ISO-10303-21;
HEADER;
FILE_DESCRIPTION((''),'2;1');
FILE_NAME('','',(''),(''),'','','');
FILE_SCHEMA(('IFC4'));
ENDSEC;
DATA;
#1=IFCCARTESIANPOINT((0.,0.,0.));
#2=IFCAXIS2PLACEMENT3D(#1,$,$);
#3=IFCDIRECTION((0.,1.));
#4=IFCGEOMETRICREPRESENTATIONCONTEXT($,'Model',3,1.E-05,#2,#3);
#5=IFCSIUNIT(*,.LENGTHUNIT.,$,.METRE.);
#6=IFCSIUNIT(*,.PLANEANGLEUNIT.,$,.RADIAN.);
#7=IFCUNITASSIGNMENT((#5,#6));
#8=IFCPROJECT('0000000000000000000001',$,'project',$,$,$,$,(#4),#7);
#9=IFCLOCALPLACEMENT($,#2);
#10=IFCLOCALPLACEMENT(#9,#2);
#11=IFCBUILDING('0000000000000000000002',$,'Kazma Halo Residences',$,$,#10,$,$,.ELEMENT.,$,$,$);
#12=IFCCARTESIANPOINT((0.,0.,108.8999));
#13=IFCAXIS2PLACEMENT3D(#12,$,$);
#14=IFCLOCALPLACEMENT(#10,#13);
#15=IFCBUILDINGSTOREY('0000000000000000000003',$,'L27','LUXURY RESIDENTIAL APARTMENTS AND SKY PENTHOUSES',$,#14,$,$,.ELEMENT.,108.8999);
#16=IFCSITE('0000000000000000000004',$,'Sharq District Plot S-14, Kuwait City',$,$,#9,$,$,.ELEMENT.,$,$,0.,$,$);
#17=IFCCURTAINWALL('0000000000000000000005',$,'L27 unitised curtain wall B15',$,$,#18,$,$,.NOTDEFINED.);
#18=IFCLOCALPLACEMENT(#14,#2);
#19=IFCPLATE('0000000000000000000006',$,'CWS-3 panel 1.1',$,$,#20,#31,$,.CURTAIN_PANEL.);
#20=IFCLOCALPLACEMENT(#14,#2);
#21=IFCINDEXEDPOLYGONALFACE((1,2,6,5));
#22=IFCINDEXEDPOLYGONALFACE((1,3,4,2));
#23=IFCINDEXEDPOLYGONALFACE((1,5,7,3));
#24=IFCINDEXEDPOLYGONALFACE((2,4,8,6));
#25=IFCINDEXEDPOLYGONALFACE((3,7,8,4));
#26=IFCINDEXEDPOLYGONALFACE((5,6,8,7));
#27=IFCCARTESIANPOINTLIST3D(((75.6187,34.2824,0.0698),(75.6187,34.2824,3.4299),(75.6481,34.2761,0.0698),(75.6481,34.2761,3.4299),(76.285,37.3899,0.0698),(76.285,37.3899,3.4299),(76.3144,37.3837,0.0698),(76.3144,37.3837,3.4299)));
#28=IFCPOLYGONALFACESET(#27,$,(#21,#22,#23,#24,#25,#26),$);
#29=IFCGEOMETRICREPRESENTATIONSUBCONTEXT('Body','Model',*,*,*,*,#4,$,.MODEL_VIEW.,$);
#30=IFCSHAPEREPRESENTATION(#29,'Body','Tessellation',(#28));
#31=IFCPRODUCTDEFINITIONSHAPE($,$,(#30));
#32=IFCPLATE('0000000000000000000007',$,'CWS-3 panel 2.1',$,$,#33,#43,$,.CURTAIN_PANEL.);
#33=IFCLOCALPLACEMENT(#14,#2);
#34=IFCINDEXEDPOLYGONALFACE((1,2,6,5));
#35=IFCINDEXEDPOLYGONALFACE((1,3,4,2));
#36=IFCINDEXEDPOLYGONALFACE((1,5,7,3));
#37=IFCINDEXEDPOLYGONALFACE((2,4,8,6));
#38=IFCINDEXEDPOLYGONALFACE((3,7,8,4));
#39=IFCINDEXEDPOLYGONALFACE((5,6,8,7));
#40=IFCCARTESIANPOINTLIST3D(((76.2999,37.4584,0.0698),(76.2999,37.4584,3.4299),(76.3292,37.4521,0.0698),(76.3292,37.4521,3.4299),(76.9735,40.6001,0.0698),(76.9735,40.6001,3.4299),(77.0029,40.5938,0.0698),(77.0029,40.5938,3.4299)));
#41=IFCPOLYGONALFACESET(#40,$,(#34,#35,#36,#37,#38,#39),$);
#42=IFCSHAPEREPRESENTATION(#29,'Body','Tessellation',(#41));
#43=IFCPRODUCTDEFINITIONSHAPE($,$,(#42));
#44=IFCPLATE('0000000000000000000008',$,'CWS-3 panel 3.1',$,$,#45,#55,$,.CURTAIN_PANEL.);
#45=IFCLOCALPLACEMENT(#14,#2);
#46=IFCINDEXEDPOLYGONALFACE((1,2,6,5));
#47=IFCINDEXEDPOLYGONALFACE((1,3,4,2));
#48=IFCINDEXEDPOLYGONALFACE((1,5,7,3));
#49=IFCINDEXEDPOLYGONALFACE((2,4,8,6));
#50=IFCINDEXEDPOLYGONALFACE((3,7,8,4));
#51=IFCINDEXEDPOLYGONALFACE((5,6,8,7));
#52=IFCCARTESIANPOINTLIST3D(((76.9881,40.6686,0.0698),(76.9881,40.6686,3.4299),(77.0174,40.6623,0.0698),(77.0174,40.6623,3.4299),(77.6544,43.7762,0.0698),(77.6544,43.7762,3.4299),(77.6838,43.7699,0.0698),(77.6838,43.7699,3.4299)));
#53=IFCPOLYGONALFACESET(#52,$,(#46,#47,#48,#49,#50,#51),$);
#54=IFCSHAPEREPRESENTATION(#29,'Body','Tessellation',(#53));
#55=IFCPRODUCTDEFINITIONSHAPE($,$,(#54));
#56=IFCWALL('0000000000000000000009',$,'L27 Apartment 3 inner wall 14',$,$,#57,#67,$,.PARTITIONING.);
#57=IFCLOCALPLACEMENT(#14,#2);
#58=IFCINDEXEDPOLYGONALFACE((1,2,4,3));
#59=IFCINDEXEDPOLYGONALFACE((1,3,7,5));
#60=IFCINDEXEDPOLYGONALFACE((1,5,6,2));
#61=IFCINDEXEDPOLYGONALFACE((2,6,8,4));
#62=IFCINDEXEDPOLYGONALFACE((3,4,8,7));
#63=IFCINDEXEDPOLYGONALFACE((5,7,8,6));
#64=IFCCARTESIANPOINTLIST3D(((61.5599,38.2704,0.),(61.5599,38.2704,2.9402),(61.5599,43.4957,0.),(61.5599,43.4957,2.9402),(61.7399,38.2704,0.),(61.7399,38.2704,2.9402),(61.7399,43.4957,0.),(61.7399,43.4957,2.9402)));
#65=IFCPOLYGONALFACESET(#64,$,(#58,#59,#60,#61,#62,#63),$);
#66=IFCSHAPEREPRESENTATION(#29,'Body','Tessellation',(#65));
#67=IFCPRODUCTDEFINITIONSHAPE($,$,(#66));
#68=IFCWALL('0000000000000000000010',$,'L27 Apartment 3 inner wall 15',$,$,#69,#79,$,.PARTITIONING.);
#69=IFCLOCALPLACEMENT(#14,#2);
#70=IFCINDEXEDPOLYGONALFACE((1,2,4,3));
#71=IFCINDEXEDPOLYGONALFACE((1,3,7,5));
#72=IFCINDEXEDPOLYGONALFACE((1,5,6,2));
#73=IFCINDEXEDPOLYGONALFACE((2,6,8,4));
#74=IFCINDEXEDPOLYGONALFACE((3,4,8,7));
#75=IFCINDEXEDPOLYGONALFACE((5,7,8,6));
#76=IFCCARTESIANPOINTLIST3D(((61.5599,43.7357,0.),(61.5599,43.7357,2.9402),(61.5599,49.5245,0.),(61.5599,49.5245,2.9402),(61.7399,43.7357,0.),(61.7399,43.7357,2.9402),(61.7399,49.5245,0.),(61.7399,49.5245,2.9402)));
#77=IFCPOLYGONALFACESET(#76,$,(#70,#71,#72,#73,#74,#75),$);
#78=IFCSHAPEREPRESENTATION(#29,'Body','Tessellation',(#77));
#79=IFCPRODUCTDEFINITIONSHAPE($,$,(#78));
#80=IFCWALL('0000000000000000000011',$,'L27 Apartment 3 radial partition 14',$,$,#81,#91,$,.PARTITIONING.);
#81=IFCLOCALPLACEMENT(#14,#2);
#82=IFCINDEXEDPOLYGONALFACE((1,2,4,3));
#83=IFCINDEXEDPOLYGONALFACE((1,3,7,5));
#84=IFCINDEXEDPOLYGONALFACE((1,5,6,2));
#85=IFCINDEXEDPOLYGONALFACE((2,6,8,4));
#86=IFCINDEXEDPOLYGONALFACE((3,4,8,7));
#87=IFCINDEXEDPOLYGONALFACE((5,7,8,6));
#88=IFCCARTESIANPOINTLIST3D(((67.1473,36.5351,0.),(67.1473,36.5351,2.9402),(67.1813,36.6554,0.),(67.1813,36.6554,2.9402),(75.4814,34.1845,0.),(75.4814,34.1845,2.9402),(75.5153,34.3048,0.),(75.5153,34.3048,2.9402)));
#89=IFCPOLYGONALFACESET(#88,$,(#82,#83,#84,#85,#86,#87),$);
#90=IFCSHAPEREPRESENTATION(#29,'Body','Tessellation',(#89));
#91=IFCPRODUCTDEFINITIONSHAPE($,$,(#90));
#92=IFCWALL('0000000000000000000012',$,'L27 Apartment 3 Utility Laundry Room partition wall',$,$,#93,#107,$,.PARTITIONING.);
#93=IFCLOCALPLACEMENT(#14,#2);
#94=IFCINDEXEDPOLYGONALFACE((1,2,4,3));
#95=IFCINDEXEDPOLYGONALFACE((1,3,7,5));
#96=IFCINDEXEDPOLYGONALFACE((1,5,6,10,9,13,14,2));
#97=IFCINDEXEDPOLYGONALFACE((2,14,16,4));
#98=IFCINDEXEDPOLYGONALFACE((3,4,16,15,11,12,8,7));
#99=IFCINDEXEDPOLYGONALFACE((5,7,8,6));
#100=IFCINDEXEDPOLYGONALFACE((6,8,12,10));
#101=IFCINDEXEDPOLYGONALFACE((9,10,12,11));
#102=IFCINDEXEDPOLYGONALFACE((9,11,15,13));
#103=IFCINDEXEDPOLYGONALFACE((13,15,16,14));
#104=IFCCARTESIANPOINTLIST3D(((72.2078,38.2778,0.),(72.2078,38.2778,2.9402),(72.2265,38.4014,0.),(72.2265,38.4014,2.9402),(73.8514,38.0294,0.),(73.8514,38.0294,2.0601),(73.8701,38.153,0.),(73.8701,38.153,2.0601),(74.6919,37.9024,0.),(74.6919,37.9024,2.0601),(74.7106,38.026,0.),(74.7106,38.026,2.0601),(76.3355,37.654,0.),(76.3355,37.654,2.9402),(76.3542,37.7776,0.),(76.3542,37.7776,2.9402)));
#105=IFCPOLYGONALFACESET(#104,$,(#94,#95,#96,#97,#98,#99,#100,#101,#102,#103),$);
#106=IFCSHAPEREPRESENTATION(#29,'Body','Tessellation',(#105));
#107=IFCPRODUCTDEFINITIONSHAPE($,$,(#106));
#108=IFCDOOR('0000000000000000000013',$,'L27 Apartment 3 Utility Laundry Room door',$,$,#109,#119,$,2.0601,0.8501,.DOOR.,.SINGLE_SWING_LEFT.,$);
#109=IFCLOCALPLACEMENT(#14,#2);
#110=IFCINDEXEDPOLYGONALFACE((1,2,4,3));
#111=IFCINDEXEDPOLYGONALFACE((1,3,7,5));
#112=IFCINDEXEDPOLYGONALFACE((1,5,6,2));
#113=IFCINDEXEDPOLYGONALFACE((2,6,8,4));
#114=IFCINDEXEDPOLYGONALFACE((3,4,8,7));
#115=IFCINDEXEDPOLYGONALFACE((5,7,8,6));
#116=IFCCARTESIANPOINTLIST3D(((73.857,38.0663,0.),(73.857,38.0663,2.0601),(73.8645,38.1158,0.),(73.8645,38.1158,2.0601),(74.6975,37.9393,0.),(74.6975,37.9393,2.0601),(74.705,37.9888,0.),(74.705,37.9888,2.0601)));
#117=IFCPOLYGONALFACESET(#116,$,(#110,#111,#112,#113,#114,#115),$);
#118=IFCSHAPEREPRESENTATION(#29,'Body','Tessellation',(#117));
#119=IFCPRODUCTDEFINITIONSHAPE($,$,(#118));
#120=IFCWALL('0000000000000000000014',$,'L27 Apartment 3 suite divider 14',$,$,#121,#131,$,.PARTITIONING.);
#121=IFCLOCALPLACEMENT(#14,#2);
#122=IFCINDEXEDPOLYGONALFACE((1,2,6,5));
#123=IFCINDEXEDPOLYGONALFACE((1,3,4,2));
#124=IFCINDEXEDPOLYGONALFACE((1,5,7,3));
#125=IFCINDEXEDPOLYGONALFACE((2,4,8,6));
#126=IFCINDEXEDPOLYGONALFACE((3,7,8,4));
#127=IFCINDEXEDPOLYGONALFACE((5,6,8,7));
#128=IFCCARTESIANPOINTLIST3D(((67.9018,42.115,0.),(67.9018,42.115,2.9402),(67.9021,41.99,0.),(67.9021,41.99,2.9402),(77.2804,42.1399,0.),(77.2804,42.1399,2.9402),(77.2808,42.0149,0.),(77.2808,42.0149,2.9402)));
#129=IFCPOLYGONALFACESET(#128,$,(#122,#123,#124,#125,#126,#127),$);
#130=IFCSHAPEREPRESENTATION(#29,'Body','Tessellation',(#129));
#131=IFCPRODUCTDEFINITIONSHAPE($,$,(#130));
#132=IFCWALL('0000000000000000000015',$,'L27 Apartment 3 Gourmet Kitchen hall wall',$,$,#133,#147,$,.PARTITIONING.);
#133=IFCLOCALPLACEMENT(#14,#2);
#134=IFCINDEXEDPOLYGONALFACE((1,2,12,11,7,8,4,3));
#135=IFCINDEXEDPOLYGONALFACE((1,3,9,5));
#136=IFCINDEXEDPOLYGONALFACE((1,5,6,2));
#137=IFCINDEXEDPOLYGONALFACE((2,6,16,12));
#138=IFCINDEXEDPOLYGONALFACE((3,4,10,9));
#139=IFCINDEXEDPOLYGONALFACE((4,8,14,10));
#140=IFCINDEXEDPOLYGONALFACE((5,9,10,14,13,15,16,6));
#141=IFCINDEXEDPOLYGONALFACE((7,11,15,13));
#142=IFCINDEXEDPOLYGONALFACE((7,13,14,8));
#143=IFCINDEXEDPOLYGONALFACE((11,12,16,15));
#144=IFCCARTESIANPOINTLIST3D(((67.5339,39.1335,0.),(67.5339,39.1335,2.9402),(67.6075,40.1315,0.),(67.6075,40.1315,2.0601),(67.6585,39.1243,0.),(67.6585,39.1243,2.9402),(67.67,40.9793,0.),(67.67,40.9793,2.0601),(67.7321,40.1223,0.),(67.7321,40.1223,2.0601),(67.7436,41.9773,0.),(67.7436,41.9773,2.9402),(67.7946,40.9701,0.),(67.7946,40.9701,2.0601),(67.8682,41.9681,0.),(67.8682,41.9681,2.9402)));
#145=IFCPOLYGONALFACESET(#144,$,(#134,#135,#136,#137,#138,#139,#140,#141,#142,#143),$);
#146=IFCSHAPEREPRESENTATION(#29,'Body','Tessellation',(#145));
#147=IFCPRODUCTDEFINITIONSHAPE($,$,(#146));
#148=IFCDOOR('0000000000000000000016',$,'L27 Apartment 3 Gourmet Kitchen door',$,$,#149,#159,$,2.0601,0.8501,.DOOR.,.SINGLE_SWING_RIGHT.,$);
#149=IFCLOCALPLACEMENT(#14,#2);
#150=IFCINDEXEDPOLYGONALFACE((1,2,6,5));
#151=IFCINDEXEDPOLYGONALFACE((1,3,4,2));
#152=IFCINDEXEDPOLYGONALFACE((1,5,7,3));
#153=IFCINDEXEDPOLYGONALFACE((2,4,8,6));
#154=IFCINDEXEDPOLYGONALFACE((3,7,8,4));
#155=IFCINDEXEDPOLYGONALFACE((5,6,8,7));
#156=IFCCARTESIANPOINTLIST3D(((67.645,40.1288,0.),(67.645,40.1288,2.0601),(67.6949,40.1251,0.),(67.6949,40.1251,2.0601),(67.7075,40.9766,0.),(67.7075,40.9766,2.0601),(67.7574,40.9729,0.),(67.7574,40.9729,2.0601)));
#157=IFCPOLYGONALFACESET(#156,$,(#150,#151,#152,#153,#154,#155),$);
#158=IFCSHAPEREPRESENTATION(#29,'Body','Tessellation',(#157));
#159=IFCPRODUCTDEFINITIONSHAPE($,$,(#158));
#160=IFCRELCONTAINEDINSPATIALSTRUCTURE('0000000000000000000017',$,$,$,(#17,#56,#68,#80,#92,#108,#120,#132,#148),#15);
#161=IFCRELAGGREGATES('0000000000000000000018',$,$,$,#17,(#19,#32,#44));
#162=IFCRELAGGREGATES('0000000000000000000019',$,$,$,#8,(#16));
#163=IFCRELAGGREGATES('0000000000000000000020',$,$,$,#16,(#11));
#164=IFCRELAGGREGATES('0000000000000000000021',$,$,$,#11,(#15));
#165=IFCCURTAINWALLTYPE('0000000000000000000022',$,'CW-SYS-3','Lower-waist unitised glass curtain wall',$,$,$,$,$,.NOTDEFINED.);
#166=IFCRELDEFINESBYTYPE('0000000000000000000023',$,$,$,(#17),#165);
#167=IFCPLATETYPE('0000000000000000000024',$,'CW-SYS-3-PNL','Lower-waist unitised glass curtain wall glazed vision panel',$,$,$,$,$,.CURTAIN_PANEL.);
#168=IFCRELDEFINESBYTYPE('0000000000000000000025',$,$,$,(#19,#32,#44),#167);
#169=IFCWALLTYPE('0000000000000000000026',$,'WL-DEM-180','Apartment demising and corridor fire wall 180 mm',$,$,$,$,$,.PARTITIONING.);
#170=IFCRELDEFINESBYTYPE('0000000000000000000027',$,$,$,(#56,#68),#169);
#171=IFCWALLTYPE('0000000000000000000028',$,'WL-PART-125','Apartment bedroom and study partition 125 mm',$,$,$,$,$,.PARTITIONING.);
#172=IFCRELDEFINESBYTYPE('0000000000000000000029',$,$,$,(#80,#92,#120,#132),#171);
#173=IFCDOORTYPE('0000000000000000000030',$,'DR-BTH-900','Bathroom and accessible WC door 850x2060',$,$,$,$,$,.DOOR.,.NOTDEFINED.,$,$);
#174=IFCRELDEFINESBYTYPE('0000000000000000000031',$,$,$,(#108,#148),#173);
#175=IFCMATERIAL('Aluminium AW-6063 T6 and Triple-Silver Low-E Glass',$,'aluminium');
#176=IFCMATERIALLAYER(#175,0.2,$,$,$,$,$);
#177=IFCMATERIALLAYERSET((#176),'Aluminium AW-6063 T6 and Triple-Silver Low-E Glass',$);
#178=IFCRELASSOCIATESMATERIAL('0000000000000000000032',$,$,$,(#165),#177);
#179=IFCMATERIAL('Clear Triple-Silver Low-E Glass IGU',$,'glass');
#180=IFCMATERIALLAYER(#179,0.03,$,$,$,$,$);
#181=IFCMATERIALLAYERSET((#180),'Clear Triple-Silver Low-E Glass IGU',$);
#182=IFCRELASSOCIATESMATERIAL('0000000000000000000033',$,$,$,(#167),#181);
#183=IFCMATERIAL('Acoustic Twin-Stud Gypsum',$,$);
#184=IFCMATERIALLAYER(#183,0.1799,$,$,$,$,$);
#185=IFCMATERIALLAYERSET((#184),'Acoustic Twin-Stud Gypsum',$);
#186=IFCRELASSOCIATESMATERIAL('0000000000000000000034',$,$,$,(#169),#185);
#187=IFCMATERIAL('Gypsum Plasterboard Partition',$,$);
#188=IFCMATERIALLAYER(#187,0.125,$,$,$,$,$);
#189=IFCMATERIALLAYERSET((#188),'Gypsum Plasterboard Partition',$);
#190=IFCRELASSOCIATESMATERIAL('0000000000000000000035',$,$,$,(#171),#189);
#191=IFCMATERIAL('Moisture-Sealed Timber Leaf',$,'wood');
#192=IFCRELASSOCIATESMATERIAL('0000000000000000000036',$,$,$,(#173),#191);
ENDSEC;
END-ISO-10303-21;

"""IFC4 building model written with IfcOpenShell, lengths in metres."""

from ifc_helpers import new_model, si_unit, direction, frame, frame_2d, origin, origin_2d, place, context, subcontext, project, spatial, rectangle, extrude, material, layer, layer_set, type_object, element, fill, aggregate, save


model = new_model("IFC4")

# Units and contexts
model_context = context("Model", 3, precision=1e-05, world=origin(), true_north=direction((0.0, 1.0)))
body_context = subcontext(model_context, "Body", "Model", "MODEL_VIEW")
ifc_project = project(units=[si_unit("LENGTHUNIT", "METRE"), si_unit("PLANEANGLEUNIT", "RADIAN")], contexts=[model_context])

# Site, building, storey
site_placement = place(None, origin())
site = spatial("IfcSite", under=ifc_project, at=site_placement, Name="Sharq District Plot S-14, Kuwait City", CompositionType="ELEMENT", RefElevation=0.0)
building_placement = place(site_placement, origin())
building = spatial("IfcBuilding", under=site, at=building_placement, Name="Kazma Halo Residences", CompositionType="ELEMENT")
storey_placement = place(building_placement, frame((0.0, 0.0, 108.8999)))
storey = spatial("IfcBuildingStorey", under=building, at=storey_placement, Name="L27", Description="LUXURY RESIDENTIAL APARTMENTS AND SKY PENTHOUSES", CompositionType="ELEMENT", Elevation=108.8999)

# Curtain wall, plates
ifc_material_1 = material(Name="Aluminium AW-6063 T6 and Triple-Silver Low-E Glass", Category="aluminium")
ifc_layer_1 = layer(ifc_material_1, 0.2)
ifc_layer_set_1 = layer_set([ifc_layer_1], Name="Aluminium AW-6063 T6 and Triple-Silver Low-E Glass")
curtain_wall_type = type_object("IfcCurtainWallType", Name="CW-SYS-3", Description="Lower-waist unitised glass curtain wall", PredefinedType="NOTDEFINED", material=ifc_layer_set_1)
curtain_wall_placement = place(storey_placement, origin())
curtain_wall = element("IfcCurtainWall", 1, at=curtain_wall_placement, inside=storey, type_object=curtain_wall_type, Name="L27 unitised curtain wall B15", PredefinedType="NOTDEFINED")
ifc_material_2 = material(Name="Clear Triple-Silver Low-E Glass IGU", Category="glass")
ifc_layer_2 = layer(ifc_material_2, 0.03)
ifc_layer_set_2 = layer_set([ifc_layer_2], Name="Clear Triple-Silver Low-E Glass IGU")
plate_type = type_object("IfcPlateType", Name="CW-SYS-3-PNL", Description="Lower-waist unitised glass curtain wall glazed vision panel", PredefinedType="CURTAIN_PANEL", material=ifc_layer_set_2)
plate_1_placement = place(storey_placement, frame((75.9666, 35.833, 0.0698), z_axis=(0.0, 0.0, 1.0), x_axis=(0.209661, 0.977774, 0.0)))
plate_1 = element("IfcPlate", 2, at=plate_1_placement, type_object=plate_type, Name="CWS-3 panel 1.1", PredefinedType="CURTAIN_PANEL", context=body_context, shape_type="SweptSolid", body=[
    extrude(rectangle(XDim=3.1782, YDim=0.03, at=origin_2d()), origin(), (0.0, 0.0, 1.0), 3.3601),
])
plate_2_placement = place(storey_placement, frame((76.6514, 39.0261, 0.0698), z_axis=(0.0, 0.0, 1.0), x_axis=(0.209661, 0.977774, 0.0)))
plate_2 = element("IfcPlate", 3, at=plate_2_placement, type_object=plate_type, Name="CWS-3 panel 2.1", PredefinedType="CURTAIN_PANEL", context=body_context, shape_type="SweptSolid", body=[
    extrude(rectangle(XDim=3.2131, YDim=0.03, at=origin_2d()), origin(), (0.0, 0.0, 1.0), 3.3601),
])
plate_3_placement = place(storey_placement, frame((77.3359, 42.2192, 0.0698), z_axis=(0.0, 0.0, 1.0), x_axis=(0.209661, 0.977774, 0.0)))
plate_3 = element("IfcPlate", 4, at=plate_3_placement, type_object=plate_type, Name="CWS-3 panel 3.1", PredefinedType="CURTAIN_PANEL", context=body_context, shape_type="SweptSolid", body=[
    extrude(rectangle(XDim=3.1782, YDim=0.03, at=origin_2d()), origin(), (0.0, 0.0, 1.0), 3.3601),
])
aggregate(curtain_wall, [plate_1, plate_2, plate_3])

# Walls
ifc_material_3 = material(Name="Acoustic Twin-Stud Gypsum")
ifc_layer_3 = layer(ifc_material_3, 0.1799)
ifc_layer_set_3 = layer_set([ifc_layer_3], Name="Acoustic Twin-Stud Gypsum")
wall_type_1 = type_object("IfcWallType", Name="WL-DEM-180", Description="Apartment demising and corridor fire wall 180 mm", PredefinedType="PARTITIONING", material=ifc_layer_set_3)
wall_1_placement = place(storey_placement, frame((61.6499, 38.2703, 0.0), z_axis=(0.0, 0.0, 1.0), x_axis=(0.0, 1.0, 0.0)))
element("IfcWall", 5, at=wall_1_placement, inside=storey, type_object=wall_type_1, Name="L27 Apartment 3 inner wall 14", PredefinedType="PARTITIONING", context=body_context, shape_type="SweptSolid", body=[
    extrude(rectangle(XDim=5.2253, YDim=0.1799, at=frame_2d((2.6128, 0.0))), origin(), (0.0, 0.0, 1.0), 2.9402),
])
wall_2_placement = place(storey_placement, frame((61.6499, 43.7356, 0.0), z_axis=(0.0, 0.0, 1.0), x_axis=(0.0, 1.0, 0.0)))
element("IfcWall", 6, at=wall_2_placement, inside=storey, type_object=wall_type_1, Name="L27 Apartment 3 inner wall 15", PredefinedType="PARTITIONING", context=body_context, shape_type="SweptSolid", body=[
    extrude(rectangle(XDim=5.7888, YDim=0.1799, at=frame_2d((2.8945, 0.0))), origin(), (0.0, 0.0, 1.0), 2.9402),
])
ifc_material_4 = material(Name="Gypsum Plasterboard Partition")
ifc_layer_4 = layer(ifc_material_4, 0.125)
ifc_layer_set_4 = layer_set([ifc_layer_4], Name="Gypsum Plasterboard Partition")
wall_type_2 = type_object("IfcWallType", Name="WL-PART-125", Description="Apartment bedroom and study partition 125 mm", PredefinedType="PARTITIONING", material=ifc_layer_set_4)
wall_3_placement = place(storey_placement, frame((67.1643, 36.5952, 0.0), z_axis=(0.0, 0.0, 1.0), x_axis=(0.96245, -0.271457, 0.0)))
element("IfcWall", 7, at=wall_3_placement, inside=storey, type_object=wall_type_2, Name="L27 Apartment 3 radial partition 14", PredefinedType="PARTITIONING", context=body_context, shape_type="SweptSolid", body=[
    extrude(rectangle(XDim=8.6592, YDim=0.125, at=frame_2d((4.3296, 0.0))), origin(), (0.0, 0.0, 1.0), 2.9402),
])

# Wall, opening, door
wall_4_placement = place(storey_placement, frame((72.217, 38.3396, 0.0), z_axis=(0.0, 0.0, 1.0), x_axis=(0.988773, -0.149424, 0.0)))
wall_4 = element("IfcWall", 8, at=wall_4_placement, inside=storey, type_object=wall_type_2, Name="L27 Apartment 3 Utility Laundry Room partition wall", PredefinedType="PARTITIONING", context=body_context, shape_type="SweptSolid", body=[
    extrude(rectangle(XDim=4.1746, YDim=0.125, at=frame_2d((2.0874, 0.0))), origin(), (0.0, 0.0, 1.0), 2.9402),
])
opening_1_placement = place(wall_4_placement, frame((1.6624, 0.0, 0.0)))
opening_1 = element("IfcOpeningElement", 9, at=opening_1_placement, cuts=wall_4, PredefinedType="OPENING", context=body_context, shape_type="SweptSolid", body=[
    extrude(rectangle(XDim=0.8501, YDim=2.0601, at=frame_2d((0.425, 1.03))), frame((0.0, 0.0725, 0.0), z_axis=(0.0, -1.0, 0.0), x_axis=(1.0, 0.0, 0.0)), (0.0, 0.0, 1.0), 0.145),
])
ifc_material_5 = material(Name="Moisture-Sealed Timber Leaf", Category="wood")
door_type = type_object("IfcDoorType", Name="DR-BTH-900", Description="Bathroom and accessible WC door 850x2060", OperationType="NOTDEFINED", PredefinedType="DOOR", material=ifc_material_5)
door_1_placement = place(opening_1_placement, origin())
door_1 = element("IfcDoor", 10, at=door_1_placement, inside=storey, type_object=door_type, Name="L27 Apartment 3 Utility Laundry Room door", OperationType="SINGLE_SWING_LEFT", OverallHeight=2.0601, OverallWidth=0.8501, PredefinedType="DOOR", context=body_context, shape_type="SweptSolid", body=[
    extrude(rectangle(XDim=0.8501, YDim=2.0601, at=frame_2d((0.425, 1.03))), frame((0.0, 0.0249, 0.0), z_axis=(0.0, -1.0, 0.0), x_axis=(1.0, 0.0, 0.0)), (0.0, 0.0, 1.0), 0.05),
])
fill(opening_1, door_1)

# Wall
wall_5_placement = place(storey_placement, frame((67.9019, 42.0525, 0.0), z_axis=(0.0, 0.0, 1.0), x_axis=(0.999996, 0.002655, 0.0)))
element("IfcWall", 11, at=wall_5_placement, inside=storey, type_object=wall_type_2, Name="L27 Apartment 3 suite divider 14", PredefinedType="PARTITIONING", context=body_context, shape_type="SweptSolid", body=[
    extrude(rectangle(XDim=9.3787, YDim=0.125, at=frame_2d((4.6895, 0.0))), origin(), (0.0, 0.0, 1.0), 2.9402),
])

# Wall, opening, door
wall_6_placement = place(storey_placement, frame((67.5962, 39.1289, 0.0), z_axis=(0.0, 0.0, 1.0), x_axis=(0.073547, 0.997292, 0.0)))
wall_6 = element("IfcWall", 12, at=wall_6_placement, inside=storey, type_object=wall_type_2, Name="L27 Apartment 3 Gourmet Kitchen hall wall", PredefinedType="PARTITIONING", context=body_context, shape_type="SweptSolid", body=[
    extrude(rectangle(XDim=2.8516, YDim=0.125, at=frame_2d((1.4258, 0.0))), origin(), (0.0, 0.0, 1.0), 2.9402),
])
opening_2_placement = place(wall_6_placement, frame((1.0007, 0.0, 0.0)))
opening_2 = element("IfcOpeningElement", 13, at=opening_2_placement, cuts=wall_6, PredefinedType="OPENING", context=body_context, shape_type="SweptSolid", body=[
    extrude(rectangle(XDim=0.8501, YDim=2.0601, at=frame_2d((0.425, 1.03))), frame((0.0, 0.0725, 0.0), z_axis=(0.0, -1.0, 0.0), x_axis=(1.0, 0.0, 0.0)), (0.0, 0.0, 1.0), 0.145),
])
door_2_placement = place(opening_2_placement, origin())
door_2 = element("IfcDoor", 14, at=door_2_placement, inside=storey, type_object=door_type, Name="L27 Apartment 3 Gourmet Kitchen door", OperationType="SINGLE_SWING_RIGHT", OverallHeight=2.0601, OverallWidth=0.8501, PredefinedType="DOOR", context=body_context, shape_type="SweptSolid", body=[
    extrude(rectangle(XDim=0.8501, YDim=2.0601, at=frame_2d((0.425, 1.03))), frame((0.0, 0.0249, 0.0), z_axis=(0.0, -1.0, 0.0), x_axis=(1.0, 0.0, 0.0)), (0.0, 0.0, 1.0), 0.05),
])
fill(opening_2, door_2)

save(model, "model.ifc")
